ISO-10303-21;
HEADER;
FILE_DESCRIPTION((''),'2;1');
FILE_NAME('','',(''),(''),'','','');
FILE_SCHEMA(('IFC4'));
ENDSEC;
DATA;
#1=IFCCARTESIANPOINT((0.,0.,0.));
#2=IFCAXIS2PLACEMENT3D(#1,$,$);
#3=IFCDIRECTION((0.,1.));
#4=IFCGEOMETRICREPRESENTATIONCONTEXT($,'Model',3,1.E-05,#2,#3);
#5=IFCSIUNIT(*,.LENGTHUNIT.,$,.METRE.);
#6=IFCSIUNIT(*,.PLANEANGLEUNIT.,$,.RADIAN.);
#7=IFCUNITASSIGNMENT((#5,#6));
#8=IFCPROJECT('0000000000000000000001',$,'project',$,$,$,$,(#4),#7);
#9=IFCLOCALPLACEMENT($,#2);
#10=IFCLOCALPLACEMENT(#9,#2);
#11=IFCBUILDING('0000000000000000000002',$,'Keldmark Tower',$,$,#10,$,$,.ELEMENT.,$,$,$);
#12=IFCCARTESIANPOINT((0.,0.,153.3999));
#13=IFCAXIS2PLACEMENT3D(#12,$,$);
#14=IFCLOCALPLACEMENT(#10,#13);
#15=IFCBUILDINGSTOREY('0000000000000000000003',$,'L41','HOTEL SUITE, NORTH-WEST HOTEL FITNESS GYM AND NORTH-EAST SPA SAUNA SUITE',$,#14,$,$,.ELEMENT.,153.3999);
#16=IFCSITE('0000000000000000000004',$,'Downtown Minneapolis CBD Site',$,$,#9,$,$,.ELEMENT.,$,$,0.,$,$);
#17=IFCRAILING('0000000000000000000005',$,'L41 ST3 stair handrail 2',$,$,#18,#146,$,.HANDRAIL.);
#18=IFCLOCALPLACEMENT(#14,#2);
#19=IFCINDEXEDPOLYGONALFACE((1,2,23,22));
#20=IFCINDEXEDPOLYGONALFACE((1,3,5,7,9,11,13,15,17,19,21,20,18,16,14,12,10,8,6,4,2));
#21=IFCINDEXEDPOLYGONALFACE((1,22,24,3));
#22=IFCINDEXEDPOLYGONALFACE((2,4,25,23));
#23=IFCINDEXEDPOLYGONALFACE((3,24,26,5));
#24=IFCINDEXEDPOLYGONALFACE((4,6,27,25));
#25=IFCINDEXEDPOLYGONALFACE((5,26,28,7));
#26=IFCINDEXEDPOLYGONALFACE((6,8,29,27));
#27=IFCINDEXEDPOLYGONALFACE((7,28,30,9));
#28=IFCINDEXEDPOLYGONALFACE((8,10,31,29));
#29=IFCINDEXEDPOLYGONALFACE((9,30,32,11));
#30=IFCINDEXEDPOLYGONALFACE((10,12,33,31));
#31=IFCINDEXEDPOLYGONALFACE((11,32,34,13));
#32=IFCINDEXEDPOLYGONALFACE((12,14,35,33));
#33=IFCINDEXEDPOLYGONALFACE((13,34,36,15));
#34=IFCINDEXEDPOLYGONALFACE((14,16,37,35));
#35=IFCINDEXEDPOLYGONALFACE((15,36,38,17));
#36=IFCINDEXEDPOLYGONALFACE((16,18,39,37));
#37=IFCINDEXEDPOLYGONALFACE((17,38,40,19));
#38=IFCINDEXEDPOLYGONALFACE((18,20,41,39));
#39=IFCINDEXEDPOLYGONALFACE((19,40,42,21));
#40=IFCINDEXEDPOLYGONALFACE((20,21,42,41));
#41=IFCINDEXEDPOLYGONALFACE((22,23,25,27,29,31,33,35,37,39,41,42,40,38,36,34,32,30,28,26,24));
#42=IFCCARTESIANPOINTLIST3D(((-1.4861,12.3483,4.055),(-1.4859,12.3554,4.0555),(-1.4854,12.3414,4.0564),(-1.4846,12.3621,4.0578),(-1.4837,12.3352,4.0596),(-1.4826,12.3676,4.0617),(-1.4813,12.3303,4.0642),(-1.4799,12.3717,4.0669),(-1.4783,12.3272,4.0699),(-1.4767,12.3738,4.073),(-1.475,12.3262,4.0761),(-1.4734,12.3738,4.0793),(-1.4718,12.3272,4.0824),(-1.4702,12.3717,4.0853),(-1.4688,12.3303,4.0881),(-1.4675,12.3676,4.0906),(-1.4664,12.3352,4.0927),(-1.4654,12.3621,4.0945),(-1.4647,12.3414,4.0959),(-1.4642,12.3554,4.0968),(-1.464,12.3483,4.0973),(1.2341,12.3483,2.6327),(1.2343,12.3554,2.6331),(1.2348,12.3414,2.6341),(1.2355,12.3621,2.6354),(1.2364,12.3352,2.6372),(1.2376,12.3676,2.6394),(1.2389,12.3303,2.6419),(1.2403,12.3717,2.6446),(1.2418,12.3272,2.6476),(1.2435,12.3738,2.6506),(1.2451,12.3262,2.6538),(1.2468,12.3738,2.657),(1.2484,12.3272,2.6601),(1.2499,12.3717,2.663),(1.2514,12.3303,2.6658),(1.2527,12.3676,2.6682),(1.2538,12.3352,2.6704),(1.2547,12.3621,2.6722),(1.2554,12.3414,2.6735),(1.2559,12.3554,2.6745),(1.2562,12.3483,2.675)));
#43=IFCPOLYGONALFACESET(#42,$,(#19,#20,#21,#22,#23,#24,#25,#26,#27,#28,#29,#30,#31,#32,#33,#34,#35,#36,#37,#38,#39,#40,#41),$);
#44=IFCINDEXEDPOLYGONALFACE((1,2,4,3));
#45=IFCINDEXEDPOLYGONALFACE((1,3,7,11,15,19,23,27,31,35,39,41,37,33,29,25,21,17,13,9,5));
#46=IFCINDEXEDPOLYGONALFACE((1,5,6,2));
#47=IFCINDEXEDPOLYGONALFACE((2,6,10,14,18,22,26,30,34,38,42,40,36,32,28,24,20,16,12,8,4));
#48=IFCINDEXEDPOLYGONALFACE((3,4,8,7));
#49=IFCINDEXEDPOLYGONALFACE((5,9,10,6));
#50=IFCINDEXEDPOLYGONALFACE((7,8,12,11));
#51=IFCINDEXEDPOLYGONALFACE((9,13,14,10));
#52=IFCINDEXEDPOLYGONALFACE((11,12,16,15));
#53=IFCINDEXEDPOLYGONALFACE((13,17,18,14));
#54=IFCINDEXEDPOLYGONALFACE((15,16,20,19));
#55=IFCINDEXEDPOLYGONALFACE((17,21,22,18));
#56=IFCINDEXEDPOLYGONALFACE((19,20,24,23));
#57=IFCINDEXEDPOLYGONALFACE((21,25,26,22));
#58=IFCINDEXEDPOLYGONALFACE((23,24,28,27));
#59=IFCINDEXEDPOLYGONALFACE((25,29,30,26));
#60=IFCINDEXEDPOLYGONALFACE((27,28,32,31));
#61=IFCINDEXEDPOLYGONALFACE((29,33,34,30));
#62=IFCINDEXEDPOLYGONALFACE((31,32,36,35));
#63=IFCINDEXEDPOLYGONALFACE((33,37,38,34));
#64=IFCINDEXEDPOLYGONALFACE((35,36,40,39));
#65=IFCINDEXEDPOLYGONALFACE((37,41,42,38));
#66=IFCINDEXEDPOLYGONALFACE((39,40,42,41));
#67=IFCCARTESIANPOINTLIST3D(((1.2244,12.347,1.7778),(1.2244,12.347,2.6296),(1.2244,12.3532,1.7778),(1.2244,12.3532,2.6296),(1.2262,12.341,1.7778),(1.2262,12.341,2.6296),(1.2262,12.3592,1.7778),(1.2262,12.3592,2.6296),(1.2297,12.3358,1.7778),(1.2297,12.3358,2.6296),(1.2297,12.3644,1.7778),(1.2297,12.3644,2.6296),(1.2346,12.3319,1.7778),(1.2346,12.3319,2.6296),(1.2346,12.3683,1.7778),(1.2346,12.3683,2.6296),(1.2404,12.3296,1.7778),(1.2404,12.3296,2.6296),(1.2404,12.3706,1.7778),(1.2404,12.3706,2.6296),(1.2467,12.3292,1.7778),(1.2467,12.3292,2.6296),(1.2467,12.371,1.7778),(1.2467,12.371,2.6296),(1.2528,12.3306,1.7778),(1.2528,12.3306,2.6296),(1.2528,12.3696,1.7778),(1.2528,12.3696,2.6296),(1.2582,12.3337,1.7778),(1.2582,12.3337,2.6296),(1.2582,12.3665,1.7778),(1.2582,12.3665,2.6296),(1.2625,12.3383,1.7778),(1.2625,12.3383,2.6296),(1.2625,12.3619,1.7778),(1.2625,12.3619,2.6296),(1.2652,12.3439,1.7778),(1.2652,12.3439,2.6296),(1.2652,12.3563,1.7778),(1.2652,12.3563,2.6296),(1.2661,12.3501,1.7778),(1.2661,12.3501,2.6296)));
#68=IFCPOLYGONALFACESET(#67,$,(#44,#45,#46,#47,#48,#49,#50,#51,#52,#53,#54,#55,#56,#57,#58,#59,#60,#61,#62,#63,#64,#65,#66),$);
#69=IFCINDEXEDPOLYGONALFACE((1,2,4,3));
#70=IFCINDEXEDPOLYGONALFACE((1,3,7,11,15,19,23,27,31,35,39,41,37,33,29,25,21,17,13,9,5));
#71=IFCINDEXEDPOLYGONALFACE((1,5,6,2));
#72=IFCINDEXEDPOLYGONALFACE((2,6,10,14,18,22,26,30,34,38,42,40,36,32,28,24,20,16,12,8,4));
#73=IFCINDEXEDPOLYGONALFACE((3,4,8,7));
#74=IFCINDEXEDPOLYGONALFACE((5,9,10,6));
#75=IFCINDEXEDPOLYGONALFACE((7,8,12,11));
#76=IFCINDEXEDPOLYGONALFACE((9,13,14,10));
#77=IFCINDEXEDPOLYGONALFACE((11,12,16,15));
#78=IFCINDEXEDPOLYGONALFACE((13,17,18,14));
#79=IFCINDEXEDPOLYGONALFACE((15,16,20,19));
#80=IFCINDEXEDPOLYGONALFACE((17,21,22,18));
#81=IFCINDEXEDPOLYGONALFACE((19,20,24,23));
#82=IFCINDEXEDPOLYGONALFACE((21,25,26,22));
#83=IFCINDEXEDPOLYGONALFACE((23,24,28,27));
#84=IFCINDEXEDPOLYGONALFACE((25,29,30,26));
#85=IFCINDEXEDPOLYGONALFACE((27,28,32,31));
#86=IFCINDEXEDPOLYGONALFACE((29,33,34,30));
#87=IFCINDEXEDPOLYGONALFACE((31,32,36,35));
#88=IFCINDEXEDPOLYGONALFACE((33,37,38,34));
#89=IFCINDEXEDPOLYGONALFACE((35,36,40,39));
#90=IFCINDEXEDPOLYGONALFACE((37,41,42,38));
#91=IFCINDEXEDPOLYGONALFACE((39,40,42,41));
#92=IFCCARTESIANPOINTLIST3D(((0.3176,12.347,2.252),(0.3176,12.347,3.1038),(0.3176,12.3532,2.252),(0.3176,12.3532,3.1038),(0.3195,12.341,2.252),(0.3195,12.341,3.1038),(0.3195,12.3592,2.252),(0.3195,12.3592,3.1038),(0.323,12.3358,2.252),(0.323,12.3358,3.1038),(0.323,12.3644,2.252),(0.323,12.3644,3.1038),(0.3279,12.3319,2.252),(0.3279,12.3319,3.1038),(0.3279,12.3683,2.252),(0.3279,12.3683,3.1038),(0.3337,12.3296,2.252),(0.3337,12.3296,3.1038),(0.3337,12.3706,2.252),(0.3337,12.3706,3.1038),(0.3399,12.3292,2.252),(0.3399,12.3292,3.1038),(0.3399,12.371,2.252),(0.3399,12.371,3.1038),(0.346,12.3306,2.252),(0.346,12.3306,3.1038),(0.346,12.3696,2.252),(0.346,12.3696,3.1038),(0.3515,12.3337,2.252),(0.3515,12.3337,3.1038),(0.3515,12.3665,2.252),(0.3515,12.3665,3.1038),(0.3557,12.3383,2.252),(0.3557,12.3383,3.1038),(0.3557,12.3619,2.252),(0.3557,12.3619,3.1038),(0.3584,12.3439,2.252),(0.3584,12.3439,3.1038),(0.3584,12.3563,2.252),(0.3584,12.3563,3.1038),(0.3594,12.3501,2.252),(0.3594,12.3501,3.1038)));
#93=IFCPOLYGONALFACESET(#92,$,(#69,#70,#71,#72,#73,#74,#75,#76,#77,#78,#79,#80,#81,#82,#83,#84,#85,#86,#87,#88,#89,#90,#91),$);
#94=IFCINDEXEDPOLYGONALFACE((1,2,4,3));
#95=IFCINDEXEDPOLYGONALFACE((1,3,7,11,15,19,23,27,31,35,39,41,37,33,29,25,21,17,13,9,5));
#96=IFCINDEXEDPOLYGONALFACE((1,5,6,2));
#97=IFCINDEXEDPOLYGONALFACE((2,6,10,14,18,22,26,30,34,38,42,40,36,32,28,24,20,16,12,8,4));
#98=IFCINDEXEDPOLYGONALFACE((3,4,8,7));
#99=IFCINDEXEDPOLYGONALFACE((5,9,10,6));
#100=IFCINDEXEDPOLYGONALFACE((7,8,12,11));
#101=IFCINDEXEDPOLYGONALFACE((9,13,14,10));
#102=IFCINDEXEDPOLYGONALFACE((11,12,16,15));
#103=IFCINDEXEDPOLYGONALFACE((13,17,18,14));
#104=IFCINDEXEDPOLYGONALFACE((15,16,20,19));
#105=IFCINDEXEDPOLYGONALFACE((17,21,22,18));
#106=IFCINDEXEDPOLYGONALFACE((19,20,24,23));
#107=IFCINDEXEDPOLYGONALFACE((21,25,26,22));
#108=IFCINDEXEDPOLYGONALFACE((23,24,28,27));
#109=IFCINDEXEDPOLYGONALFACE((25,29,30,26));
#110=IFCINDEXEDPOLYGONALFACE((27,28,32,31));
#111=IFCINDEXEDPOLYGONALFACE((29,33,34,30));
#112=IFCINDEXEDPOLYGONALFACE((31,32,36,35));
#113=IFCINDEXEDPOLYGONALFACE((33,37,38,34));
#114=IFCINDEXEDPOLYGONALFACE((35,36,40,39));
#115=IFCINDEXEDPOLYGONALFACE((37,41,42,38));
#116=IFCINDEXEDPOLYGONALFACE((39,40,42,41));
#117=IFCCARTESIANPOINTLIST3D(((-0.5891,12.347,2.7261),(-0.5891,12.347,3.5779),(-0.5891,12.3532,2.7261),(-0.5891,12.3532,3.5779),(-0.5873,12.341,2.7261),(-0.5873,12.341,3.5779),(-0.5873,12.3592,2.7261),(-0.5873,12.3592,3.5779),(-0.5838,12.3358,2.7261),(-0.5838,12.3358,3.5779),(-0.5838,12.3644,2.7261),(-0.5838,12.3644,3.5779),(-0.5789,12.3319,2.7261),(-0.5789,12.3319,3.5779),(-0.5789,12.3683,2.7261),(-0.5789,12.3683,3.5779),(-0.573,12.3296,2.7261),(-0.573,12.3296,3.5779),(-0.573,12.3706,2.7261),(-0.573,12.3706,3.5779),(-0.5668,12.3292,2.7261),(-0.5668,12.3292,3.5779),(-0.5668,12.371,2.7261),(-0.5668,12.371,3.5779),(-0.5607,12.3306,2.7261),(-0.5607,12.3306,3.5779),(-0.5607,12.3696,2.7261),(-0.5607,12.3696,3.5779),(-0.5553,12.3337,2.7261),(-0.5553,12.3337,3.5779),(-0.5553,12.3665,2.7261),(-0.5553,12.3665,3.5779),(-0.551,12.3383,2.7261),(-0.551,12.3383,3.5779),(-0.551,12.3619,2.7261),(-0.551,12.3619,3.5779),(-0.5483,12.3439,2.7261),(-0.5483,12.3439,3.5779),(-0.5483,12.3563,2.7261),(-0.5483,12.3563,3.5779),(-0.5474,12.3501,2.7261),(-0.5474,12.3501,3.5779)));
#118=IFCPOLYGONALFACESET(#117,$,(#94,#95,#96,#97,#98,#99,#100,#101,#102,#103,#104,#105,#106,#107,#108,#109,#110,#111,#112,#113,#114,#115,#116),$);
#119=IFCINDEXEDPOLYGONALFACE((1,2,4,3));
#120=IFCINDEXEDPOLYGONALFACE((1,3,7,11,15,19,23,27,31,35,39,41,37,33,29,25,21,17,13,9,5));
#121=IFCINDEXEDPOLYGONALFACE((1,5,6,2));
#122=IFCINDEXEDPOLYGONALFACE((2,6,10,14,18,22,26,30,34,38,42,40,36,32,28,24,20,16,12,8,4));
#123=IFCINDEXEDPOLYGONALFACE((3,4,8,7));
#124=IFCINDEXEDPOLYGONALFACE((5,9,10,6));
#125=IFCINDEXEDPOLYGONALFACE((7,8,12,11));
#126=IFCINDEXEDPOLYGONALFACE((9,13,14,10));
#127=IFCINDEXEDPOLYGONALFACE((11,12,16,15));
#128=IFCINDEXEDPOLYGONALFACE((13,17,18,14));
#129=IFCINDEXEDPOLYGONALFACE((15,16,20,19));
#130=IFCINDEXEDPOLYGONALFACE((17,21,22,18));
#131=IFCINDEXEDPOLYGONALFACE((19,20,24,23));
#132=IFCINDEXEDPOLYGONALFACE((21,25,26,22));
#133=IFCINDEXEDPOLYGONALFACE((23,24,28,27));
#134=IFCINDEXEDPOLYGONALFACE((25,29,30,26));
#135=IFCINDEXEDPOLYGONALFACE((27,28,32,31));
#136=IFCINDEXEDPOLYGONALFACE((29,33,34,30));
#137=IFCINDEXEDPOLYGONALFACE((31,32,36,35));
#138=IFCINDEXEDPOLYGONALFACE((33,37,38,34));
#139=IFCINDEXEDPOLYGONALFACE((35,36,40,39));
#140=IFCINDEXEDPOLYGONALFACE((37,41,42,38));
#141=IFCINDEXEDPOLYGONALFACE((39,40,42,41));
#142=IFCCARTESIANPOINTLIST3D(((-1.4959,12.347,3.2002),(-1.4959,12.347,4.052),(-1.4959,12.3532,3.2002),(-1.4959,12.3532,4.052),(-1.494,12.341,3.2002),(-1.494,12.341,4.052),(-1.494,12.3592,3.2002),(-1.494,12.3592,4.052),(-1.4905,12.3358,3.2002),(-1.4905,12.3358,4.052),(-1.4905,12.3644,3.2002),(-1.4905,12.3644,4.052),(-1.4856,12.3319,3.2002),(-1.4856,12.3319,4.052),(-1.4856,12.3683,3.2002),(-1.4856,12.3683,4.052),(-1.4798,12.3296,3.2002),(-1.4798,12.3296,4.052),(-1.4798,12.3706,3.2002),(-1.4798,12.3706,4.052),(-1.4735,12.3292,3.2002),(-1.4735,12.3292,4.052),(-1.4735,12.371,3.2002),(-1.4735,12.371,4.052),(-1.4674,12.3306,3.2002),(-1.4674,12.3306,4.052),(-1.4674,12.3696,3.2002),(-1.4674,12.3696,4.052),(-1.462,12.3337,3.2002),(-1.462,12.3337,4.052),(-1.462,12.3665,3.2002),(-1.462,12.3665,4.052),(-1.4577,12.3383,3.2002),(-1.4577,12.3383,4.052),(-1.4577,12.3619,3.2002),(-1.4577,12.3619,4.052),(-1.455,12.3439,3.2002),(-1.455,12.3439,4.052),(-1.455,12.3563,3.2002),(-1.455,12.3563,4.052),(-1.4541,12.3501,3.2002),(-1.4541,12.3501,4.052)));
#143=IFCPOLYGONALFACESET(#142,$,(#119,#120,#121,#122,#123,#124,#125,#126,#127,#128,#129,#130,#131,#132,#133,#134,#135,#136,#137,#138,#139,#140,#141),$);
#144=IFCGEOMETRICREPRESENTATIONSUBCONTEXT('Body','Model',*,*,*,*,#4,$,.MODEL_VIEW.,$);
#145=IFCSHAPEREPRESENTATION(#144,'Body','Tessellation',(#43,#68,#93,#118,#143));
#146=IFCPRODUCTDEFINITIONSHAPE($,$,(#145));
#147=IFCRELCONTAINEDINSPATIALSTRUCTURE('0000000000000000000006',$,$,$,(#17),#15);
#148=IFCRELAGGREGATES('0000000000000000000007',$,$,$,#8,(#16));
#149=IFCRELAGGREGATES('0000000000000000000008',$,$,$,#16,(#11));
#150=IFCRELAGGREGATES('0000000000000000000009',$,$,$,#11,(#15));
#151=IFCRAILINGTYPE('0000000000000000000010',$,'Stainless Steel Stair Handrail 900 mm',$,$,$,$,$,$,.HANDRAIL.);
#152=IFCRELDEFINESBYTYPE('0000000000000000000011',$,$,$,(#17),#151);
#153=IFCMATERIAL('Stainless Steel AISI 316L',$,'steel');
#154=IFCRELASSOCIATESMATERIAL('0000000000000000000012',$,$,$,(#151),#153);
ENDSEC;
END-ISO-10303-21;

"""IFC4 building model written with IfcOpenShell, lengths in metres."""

from ifc_helpers import new_model, si_unit, direction, frame, origin, origin_2d, place, context, subcontext, project, spatial, circle, extrude, material, type_object, element, save


model = new_model("IFC4")

# Units and contexts
model_context = context("Model", 3, precision=1e-05, world=origin(), true_north=direction((0.0, 1.0)))
body_context = subcontext(model_context, "Body", "Model", "MODEL_VIEW")
ifc_project = project(units=[si_unit("LENGTHUNIT", "METRE"), si_unit("PLANEANGLEUNIT", "RADIAN")], contexts=[model_context])

# Site, building, storey
site_placement = place(None, origin())
site = spatial("IfcSite", under=ifc_project, at=site_placement, Name="Downtown Minneapolis CBD Site", CompositionType="ELEMENT", RefElevation=0.0)
building_placement = place(site_placement, origin())
building = spatial("IfcBuilding", under=site, at=building_placement, Name="Keldmark Tower", CompositionType="ELEMENT")
storey_placement = place(building_placement, frame((0.0, 0.0, 153.3999)))
storey = spatial("IfcBuildingStorey", under=building, at=storey_placement, Name="L41", Description="HOTEL SUITE, NORTH-WEST HOTEL FITNESS GYM AND NORTH-EAST SPA SAUNA SUITE", CompositionType="ELEMENT", Elevation=153.3999)

# Railing
ifc_material_1 = material(Name="Stainless Steel AISI 316L", Category="steel")
railing_type_1 = type_object("IfcRailingType", Name="Stainless Steel Stair Handrail 900 mm", PredefinedType="HANDRAIL", material=ifc_material_1)
railing_1_placement = place(storey_placement, frame((1.2451, 12.3501, 1.7778)))
element("IfcRailing", 1, at=railing_1_placement, inside=storey, type_object=railing_type_1, Name="L41 ST3 stair handrail 2", PredefinedType="HANDRAIL", context=body_context, shape_type="SweptSolid", body=[
    extrude(circle(Radius=0.0239, at=origin_2d()), frame((0.0, 0.0, 0.876), z_axis=(-0.886168, 0.0, 0.463365), x_axis=(0.0, -1.0, 0.0)), (0.0, 0.0, 1.0), 3.0696),
    extrude(circle(Radius=0.021, at=origin_2d()), origin(), (0.0, 0.0, 1.0), 0.8518),
    extrude(circle(Radius=0.021, at=origin_2d()), frame((-0.9067, 0.0, 0.4741)), (0.0, 0.0, 1.0), 0.8518),
    extrude(circle(Radius=0.021, at=origin_2d()), frame((-1.8135, 0.0, 0.9482)), (0.0, 0.0, 1.0), 0.8518),
    extrude(circle(Radius=0.021, at=origin_2d()), frame((-2.7202, 0.0, 1.4224)), (0.0, 0.0, 1.0), 0.8518),
])

save(model, "model.ifc")
